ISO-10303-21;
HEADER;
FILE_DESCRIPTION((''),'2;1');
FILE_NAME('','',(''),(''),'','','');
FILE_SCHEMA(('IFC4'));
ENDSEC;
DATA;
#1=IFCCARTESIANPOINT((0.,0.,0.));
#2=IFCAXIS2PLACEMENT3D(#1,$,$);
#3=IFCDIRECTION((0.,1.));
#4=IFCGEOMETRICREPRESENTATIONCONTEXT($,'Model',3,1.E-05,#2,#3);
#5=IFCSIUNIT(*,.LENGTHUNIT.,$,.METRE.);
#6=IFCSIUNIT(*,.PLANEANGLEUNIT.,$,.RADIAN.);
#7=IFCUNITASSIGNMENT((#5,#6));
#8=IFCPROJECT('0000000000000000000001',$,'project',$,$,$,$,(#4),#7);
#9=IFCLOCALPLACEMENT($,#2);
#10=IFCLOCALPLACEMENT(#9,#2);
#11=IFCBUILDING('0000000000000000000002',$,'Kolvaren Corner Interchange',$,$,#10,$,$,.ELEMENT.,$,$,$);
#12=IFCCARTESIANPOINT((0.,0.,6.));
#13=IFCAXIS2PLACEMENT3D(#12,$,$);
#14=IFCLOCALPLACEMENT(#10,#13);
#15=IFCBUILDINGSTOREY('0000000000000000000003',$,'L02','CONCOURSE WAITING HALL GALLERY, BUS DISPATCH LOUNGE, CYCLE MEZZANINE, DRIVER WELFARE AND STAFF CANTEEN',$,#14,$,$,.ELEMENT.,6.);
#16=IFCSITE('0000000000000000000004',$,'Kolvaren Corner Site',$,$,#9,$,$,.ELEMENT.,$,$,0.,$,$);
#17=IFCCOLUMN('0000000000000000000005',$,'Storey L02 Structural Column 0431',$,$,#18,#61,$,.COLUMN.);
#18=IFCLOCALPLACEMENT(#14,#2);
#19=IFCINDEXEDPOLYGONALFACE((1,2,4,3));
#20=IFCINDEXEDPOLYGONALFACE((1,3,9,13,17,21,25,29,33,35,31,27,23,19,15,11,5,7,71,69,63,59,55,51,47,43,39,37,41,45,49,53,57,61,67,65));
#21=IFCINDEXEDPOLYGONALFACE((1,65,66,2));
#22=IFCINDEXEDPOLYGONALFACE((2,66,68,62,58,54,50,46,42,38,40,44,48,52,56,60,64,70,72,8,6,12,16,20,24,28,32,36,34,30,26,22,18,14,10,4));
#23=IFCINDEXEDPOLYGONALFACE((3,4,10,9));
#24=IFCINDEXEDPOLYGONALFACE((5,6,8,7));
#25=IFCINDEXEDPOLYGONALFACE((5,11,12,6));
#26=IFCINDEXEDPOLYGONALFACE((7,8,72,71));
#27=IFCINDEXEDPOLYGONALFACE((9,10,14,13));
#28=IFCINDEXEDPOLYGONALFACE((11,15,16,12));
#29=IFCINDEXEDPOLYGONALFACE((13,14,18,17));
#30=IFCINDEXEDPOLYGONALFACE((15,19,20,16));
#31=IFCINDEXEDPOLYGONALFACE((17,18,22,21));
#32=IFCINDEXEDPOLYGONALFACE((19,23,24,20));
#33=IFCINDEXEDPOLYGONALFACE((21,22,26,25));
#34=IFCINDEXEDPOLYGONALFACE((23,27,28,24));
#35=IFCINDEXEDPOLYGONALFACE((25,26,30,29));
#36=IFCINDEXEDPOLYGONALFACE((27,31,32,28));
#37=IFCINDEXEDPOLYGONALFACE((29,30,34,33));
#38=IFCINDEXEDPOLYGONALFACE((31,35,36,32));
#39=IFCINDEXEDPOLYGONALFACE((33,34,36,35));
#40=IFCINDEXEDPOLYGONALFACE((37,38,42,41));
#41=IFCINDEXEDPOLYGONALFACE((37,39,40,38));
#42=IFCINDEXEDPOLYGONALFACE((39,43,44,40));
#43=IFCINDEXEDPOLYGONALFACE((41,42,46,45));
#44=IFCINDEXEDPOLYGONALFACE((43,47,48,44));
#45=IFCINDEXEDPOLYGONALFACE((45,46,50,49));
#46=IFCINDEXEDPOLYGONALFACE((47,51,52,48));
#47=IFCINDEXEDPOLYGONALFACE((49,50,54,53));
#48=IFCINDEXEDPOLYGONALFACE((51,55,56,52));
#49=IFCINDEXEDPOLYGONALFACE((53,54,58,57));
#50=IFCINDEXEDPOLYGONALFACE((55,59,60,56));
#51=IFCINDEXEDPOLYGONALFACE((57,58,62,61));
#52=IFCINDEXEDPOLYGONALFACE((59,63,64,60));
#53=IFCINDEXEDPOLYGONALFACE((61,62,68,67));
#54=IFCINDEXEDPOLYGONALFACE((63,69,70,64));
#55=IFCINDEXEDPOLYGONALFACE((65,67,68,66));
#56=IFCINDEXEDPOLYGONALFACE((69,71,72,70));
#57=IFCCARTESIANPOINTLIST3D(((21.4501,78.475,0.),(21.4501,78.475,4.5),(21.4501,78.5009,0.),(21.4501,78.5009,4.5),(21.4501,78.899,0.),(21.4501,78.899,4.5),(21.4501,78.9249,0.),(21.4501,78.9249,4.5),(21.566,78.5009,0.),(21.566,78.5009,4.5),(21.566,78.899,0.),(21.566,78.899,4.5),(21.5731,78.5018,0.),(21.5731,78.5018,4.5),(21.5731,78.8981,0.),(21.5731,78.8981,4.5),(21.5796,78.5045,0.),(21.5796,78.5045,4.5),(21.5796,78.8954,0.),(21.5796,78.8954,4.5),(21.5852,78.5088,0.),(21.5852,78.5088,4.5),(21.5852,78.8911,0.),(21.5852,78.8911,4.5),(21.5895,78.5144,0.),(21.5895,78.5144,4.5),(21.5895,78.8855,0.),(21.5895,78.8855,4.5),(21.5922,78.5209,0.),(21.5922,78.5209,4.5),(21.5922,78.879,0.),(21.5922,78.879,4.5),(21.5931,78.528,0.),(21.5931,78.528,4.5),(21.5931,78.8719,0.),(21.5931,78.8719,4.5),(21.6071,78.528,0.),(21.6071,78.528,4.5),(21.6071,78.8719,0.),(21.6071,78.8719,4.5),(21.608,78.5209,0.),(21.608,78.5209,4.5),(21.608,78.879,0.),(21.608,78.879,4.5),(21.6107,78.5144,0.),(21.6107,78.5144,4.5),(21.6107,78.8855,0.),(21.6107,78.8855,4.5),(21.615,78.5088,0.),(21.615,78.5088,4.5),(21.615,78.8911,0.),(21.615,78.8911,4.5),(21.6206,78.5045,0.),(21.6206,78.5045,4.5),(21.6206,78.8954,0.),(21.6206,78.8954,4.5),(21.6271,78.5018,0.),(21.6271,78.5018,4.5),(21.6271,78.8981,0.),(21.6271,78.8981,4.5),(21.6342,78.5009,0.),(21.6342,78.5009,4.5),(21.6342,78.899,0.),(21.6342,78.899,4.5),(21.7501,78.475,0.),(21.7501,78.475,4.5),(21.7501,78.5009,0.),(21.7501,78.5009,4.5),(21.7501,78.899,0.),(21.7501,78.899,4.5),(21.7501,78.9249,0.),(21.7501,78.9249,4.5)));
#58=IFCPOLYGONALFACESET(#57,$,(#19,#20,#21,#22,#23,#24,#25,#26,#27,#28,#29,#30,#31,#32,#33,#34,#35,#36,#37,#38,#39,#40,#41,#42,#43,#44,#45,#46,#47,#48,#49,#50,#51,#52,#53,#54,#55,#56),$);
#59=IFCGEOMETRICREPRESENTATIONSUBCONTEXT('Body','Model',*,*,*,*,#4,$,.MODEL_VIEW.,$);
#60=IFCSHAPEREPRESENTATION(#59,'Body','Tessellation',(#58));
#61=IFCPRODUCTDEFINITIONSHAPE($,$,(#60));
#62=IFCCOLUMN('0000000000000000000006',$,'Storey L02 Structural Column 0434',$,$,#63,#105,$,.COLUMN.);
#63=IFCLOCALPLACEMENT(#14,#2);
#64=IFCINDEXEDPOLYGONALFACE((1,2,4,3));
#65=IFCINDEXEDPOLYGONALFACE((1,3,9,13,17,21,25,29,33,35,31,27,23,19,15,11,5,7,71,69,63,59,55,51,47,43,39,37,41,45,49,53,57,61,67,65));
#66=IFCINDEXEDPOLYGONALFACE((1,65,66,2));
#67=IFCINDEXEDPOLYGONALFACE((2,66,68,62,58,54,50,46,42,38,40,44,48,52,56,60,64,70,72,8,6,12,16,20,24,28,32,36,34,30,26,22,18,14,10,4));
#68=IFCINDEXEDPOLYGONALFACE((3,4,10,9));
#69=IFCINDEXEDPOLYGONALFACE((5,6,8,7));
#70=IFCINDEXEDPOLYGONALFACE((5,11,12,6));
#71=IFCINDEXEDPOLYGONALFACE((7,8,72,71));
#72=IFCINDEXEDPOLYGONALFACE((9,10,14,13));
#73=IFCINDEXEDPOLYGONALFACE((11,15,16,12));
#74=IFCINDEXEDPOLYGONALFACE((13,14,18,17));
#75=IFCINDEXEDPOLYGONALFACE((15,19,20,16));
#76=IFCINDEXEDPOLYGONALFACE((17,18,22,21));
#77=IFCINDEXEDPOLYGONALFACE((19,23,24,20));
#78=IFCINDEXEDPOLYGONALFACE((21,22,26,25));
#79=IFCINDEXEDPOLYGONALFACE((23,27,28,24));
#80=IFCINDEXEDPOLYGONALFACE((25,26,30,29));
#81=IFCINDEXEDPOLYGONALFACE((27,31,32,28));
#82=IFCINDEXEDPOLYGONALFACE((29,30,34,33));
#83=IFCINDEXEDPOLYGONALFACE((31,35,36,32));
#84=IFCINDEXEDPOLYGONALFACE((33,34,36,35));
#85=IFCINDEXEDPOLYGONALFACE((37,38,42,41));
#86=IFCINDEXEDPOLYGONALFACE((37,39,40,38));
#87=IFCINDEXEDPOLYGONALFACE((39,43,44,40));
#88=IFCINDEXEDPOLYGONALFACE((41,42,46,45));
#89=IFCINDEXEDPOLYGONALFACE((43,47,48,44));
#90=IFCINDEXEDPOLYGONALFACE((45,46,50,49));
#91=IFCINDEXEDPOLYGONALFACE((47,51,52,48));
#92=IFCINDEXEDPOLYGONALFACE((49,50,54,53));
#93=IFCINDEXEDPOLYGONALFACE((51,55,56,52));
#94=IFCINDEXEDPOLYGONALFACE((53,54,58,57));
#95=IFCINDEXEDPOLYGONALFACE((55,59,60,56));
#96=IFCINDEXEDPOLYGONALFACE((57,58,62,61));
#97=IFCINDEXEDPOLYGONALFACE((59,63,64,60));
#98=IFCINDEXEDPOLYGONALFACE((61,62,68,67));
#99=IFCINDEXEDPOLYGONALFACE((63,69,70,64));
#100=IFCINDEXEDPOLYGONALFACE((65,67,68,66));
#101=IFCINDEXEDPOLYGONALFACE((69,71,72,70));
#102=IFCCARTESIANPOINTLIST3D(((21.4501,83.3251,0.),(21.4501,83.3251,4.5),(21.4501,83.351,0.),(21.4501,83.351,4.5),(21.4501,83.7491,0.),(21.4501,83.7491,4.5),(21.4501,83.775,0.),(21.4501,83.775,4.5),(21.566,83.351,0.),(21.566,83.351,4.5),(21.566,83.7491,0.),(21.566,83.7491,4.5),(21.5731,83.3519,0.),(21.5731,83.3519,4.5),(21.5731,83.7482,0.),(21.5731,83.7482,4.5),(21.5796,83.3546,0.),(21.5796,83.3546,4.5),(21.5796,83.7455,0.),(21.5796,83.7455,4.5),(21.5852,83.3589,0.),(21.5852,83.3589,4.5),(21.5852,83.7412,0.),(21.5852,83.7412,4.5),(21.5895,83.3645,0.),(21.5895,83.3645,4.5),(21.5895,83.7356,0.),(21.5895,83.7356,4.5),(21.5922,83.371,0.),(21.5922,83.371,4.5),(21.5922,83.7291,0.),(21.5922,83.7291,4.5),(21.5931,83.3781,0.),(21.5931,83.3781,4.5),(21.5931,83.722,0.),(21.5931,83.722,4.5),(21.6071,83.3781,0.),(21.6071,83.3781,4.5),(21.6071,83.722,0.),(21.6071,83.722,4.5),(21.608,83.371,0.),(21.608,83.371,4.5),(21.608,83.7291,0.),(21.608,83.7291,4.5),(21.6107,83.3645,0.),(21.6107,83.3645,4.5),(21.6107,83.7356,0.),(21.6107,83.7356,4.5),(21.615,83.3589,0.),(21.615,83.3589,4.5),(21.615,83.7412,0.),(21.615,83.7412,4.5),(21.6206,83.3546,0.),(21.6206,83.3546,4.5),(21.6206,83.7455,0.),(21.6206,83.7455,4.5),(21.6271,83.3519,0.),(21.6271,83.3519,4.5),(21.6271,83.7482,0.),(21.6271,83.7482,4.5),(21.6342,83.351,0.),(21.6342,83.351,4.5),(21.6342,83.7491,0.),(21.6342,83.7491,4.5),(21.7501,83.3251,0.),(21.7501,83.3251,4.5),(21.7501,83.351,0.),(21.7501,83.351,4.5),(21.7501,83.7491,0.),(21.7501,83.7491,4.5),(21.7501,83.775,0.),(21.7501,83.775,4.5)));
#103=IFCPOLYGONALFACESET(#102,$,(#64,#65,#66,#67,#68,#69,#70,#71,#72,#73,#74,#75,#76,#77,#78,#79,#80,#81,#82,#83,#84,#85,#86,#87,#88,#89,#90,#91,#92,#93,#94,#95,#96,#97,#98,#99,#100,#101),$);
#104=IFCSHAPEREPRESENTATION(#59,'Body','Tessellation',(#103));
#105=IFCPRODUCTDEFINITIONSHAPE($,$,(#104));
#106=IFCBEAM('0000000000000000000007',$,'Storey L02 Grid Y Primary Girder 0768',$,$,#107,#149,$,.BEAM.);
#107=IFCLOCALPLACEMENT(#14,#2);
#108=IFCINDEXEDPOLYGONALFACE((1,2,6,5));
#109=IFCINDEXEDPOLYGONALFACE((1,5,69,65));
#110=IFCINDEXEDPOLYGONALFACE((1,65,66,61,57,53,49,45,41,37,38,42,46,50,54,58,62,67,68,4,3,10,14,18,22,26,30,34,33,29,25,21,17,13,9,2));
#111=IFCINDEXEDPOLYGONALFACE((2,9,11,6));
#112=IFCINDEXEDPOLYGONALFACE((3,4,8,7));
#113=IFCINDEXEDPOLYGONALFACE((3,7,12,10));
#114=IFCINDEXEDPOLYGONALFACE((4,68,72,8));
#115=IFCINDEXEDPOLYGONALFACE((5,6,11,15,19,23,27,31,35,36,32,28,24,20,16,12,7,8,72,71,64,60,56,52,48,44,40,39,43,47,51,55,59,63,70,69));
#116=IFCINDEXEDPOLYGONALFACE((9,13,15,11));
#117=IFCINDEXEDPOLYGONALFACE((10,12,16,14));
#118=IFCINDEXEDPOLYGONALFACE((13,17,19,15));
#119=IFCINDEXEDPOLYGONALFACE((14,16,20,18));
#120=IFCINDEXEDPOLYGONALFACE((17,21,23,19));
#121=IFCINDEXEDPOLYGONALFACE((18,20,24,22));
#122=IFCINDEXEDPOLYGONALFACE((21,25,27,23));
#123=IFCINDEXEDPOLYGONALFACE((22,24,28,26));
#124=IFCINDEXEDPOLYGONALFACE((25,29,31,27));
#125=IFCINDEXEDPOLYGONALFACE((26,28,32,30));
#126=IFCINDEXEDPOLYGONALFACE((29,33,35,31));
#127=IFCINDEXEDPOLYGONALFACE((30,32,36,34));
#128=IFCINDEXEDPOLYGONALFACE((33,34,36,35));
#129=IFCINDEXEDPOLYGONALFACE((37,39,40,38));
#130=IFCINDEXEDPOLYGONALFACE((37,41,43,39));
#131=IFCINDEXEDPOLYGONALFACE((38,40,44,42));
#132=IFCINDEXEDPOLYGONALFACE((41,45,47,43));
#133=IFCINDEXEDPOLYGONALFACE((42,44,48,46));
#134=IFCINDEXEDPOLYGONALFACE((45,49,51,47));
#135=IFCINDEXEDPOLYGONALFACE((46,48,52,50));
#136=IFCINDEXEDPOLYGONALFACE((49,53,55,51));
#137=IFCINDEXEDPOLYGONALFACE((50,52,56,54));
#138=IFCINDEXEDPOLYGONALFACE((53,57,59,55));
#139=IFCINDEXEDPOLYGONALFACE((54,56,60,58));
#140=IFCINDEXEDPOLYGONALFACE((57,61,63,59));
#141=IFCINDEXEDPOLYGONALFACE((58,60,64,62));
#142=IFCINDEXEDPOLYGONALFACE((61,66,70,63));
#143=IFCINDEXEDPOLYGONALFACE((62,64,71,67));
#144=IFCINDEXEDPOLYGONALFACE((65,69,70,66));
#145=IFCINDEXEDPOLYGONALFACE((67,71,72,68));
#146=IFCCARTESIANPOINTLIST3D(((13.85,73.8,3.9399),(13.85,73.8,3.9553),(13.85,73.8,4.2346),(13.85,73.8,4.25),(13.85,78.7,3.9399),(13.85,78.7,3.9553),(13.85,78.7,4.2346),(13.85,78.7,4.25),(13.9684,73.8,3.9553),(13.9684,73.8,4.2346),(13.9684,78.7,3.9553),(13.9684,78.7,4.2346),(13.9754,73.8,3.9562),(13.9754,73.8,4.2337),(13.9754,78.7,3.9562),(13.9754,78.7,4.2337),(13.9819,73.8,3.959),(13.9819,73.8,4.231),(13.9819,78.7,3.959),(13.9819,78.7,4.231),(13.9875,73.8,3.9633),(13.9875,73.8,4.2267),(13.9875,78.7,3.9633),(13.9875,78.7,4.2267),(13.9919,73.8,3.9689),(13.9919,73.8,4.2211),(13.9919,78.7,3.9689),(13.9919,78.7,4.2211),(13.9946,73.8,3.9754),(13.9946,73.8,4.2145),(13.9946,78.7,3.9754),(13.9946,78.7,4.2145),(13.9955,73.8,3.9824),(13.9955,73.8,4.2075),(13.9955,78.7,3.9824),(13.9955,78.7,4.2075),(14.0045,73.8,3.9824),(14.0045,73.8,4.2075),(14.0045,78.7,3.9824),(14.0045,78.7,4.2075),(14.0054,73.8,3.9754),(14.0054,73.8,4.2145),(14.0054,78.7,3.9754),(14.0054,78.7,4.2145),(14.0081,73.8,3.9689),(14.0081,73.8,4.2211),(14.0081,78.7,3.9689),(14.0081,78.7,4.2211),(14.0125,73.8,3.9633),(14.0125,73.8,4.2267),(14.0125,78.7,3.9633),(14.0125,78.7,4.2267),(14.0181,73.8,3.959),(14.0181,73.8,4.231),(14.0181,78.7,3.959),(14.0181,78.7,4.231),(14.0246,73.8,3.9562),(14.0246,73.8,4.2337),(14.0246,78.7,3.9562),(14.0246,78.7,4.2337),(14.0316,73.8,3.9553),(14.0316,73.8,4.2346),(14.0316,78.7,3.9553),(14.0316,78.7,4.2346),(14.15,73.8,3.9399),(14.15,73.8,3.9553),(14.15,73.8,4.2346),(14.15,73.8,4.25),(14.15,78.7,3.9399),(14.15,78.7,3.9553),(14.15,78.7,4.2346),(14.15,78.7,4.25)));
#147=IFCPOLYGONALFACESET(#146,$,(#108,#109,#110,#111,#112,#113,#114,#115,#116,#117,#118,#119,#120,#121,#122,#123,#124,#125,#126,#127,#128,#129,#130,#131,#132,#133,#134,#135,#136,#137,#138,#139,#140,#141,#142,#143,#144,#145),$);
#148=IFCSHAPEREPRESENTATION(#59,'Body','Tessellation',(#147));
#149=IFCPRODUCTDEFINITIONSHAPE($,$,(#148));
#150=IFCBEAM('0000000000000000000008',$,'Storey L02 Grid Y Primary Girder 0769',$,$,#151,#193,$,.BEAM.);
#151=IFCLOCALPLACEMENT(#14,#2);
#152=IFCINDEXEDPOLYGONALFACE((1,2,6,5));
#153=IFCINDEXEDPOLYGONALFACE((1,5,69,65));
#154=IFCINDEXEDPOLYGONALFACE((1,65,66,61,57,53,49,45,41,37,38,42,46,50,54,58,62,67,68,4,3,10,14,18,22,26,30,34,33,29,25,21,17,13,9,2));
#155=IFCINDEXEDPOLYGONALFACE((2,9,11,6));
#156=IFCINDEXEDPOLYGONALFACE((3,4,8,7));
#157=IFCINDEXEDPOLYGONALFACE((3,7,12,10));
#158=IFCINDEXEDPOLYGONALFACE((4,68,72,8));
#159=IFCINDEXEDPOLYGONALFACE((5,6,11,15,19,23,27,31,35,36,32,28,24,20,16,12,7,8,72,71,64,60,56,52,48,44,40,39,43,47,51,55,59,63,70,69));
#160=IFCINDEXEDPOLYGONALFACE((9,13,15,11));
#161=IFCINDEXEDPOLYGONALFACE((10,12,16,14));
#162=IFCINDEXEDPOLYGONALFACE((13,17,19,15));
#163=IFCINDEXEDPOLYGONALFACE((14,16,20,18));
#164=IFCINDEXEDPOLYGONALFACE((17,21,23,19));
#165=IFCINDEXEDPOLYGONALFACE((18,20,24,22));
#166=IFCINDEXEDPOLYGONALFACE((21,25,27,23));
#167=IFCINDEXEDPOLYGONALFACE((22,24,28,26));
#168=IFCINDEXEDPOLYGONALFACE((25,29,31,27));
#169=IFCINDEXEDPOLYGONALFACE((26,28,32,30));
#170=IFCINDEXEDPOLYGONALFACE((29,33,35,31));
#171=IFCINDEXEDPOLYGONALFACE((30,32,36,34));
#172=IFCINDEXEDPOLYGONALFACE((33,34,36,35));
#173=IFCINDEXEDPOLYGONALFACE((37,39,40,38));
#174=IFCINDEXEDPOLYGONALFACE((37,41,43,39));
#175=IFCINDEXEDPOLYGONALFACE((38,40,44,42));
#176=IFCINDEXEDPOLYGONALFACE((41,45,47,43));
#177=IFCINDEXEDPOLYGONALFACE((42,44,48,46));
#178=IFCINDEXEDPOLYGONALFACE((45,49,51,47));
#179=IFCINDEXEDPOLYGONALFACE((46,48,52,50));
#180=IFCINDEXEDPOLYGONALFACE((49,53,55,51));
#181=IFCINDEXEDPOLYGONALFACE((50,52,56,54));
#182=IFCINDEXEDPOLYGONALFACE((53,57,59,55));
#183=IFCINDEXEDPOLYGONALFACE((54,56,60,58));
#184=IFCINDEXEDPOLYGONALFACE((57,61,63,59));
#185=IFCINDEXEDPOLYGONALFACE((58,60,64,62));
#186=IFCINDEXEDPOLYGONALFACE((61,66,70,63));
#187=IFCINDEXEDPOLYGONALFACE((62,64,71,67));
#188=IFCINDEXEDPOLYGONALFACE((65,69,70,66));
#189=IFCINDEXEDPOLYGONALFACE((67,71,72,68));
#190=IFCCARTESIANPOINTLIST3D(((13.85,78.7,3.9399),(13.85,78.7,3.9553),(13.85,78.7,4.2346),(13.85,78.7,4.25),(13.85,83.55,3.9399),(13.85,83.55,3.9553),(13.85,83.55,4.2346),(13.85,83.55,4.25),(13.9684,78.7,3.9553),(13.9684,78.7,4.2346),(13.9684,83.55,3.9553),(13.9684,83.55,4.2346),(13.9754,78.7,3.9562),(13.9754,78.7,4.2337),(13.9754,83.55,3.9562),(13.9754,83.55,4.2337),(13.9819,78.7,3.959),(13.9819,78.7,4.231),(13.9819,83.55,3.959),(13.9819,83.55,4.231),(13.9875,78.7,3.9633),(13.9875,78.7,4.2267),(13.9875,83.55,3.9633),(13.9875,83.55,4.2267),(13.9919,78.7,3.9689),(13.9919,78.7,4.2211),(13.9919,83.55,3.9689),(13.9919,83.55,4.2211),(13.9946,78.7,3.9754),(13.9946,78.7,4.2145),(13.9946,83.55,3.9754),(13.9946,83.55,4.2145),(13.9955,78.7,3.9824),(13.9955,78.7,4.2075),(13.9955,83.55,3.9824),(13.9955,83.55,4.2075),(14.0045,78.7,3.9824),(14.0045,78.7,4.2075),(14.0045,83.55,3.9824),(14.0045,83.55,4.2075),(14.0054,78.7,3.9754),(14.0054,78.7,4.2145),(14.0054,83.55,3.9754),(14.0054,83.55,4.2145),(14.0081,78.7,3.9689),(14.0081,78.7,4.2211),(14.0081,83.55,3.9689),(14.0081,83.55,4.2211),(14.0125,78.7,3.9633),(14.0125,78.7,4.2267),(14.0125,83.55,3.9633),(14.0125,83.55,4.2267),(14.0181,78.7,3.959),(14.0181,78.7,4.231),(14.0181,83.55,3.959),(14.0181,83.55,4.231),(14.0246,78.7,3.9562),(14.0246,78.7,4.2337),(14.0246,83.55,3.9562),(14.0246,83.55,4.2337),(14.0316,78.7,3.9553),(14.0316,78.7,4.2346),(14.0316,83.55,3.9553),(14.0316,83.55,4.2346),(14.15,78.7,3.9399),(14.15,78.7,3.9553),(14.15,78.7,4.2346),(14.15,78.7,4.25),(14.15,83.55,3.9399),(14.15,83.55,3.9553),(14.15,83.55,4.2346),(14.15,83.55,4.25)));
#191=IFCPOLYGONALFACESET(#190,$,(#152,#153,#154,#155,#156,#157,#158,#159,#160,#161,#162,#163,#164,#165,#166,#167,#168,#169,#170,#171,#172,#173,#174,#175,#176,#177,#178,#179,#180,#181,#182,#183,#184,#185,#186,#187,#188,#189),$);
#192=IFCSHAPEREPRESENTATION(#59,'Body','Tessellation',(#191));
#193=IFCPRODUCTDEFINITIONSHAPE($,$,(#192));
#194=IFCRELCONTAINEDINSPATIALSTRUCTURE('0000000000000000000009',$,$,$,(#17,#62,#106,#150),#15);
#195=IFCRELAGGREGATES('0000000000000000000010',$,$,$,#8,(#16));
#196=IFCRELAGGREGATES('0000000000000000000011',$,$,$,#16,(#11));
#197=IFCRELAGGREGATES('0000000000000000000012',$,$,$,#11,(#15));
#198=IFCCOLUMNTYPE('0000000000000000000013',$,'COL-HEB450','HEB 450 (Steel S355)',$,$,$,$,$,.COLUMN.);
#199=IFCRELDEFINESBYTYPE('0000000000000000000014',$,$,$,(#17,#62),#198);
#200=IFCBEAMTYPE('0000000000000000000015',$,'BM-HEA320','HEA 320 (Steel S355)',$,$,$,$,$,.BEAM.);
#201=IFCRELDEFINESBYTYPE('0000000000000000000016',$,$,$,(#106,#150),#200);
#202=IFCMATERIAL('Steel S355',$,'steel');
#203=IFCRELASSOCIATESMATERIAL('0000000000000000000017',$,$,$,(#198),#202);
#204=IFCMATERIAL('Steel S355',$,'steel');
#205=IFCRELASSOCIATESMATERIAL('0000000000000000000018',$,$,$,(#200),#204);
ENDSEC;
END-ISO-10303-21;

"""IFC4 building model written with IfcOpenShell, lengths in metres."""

from ifc_helpers import new_model, si_unit, direction, frame, origin, origin_2d, place, context, subcontext, project, spatial, i_section, extrude, material, material_profile, profile_set, type_object, element, save


model = new_model("IFC4")

# Units and contexts
model_context = context("Model", 3, precision=1e-05, world=origin(), true_north=direction((0.0, 1.0)))
body_context = subcontext(model_context, "Body", "Model", "MODEL_VIEW")
ifc_project = project(units=[si_unit("LENGTHUNIT", "METRE"), si_unit("PLANEANGLEUNIT", "RADIAN")], contexts=[model_context])

# Site, building, storey
site_placement = place(None, origin())
site = spatial("IfcSite", under=ifc_project, at=site_placement, Name="Kolvaren Corner Site", CompositionType="ELEMENT", RefElevation=0.0)
building_placement = place(site_placement, origin())
building = spatial("IfcBuilding", under=site, at=building_placement, Name="Kolvaren Corner Interchange", CompositionType="ELEMENT")
storey_placement = place(building_placement, frame((0.0, 0.0, 6.0)))
storey = spatial("IfcBuildingStorey", under=building, at=storey_placement, Name="L02", Description="CONCOURSE WAITING HALL GALLERY, BUS DISPATCH LOUNGE, CYCLE MEZZANINE, DRIVER WELFARE AND STAFF CANTEEN", CompositionType="ELEMENT", Elevation=6.0)

# Columns
ifc_material_1 = material(Name="Steel S355", Category="steel")
ifc_material_profile_1 = material_profile(ifc_material_1, i_section(OverallWidth=0.3, OverallDepth=0.45, WebThickness=0.0139, FlangeThickness=0.0259, FilletRadius=0.0271, at=origin_2d()), Name="HEB 450")
ifc_profile_set_1 = profile_set([ifc_material_profile_1], Name="Steel S355")
column_type = type_object("IfcColumnType", Name="COL-HEB450", Description="HEB 450 (Steel S355)", PredefinedType="COLUMN", material=ifc_profile_set_1)
for number, where, z_axis, x_axis, name in (
    (1, (21.6001, 78.7, 0.0), (0.0, 0.0, 1.0), (1.0, 0.0, 0.0), "Storey L02 Structural Column 0431"),
    (2, (21.6001, 83.55, 0.0), (0.0, 0.0, 1.0), (1.0, 0.0, 0.0), "Storey L02 Structural Column 0434"),
):
    element("IfcColumn", number, at=place(storey_placement, frame(where, z_axis=z_axis, x_axis=x_axis)), inside=storey, type_object=column_type, Name=name, PredefinedType="COLUMN", context=body_context, shape_type="SweptSolid", body=[
        extrude(i_section(OverallWidth=0.3, OverallDepth=0.45, WebThickness=0.0139, FlangeThickness=0.0259, FilletRadius=0.0271, at=origin_2d()), origin(), (0.0, 0.0, 1.0), 4.5),
    ])

# Beams
ifc_material_2 = material(Name="Steel S355", Category="steel")
ifc_material_profile_2 = material_profile(ifc_material_2, i_section(OverallWidth=0.3, OverallDepth=0.3101, WebThickness=0.009, FlangeThickness=0.0154, FilletRadius=0.0271, at=origin_2d()), Name="HEA 320")
ifc_profile_set_2 = profile_set([ifc_material_profile_2], Name="Steel S355")
beam_type_1 = type_object("IfcBeamType", Name="BM-HEA320", Description="HEA 320 (Steel S355)", PredefinedType="BEAM", material=ifc_profile_set_2)
beam_1_placement = place(storey_placement, frame((14.0, 73.8, 4.095), z_axis=(0.0, 1.0, 0.0), x_axis=(-1.0, 0.0, 0.0)))
element("IfcBeam", 3, at=beam_1_placement, inside=storey, type_object=beam_type_1, Name="Storey L02 Grid Y Primary Girder 0768", PredefinedType="BEAM", context=body_context, shape_type="SweptSolid", body=[
    extrude(i_section(OverallWidth=0.3, OverallDepth=0.3101, WebThickness=0.009, FlangeThickness=0.0154, FilletRadius=0.0271, at=origin_2d()), origin(), (0.0, 0.0, 1.0), 4.8999),
])
beam_2_placement = place(storey_placement, frame((14.0, 78.7, 4.095), z_axis=(0.0, 1.0, 0.0), x_axis=(-1.0, 0.0, 0.0)))
element("IfcBeam", 4, at=beam_2_placement, inside=storey, type_object=beam_type_1, Name="Storey L02 Grid Y Primary Girder 0769", PredefinedType="BEAM", context=body_context, shape_type="SweptSolid", body=[
    extrude(i_section(OverallWidth=0.3, OverallDepth=0.3101, WebThickness=0.009, FlangeThickness=0.0154, FilletRadius=0.0271, at=origin_2d()), origin(), (0.0, 0.0, 1.0), 4.8501),
])

save(model, "model.ifc")
